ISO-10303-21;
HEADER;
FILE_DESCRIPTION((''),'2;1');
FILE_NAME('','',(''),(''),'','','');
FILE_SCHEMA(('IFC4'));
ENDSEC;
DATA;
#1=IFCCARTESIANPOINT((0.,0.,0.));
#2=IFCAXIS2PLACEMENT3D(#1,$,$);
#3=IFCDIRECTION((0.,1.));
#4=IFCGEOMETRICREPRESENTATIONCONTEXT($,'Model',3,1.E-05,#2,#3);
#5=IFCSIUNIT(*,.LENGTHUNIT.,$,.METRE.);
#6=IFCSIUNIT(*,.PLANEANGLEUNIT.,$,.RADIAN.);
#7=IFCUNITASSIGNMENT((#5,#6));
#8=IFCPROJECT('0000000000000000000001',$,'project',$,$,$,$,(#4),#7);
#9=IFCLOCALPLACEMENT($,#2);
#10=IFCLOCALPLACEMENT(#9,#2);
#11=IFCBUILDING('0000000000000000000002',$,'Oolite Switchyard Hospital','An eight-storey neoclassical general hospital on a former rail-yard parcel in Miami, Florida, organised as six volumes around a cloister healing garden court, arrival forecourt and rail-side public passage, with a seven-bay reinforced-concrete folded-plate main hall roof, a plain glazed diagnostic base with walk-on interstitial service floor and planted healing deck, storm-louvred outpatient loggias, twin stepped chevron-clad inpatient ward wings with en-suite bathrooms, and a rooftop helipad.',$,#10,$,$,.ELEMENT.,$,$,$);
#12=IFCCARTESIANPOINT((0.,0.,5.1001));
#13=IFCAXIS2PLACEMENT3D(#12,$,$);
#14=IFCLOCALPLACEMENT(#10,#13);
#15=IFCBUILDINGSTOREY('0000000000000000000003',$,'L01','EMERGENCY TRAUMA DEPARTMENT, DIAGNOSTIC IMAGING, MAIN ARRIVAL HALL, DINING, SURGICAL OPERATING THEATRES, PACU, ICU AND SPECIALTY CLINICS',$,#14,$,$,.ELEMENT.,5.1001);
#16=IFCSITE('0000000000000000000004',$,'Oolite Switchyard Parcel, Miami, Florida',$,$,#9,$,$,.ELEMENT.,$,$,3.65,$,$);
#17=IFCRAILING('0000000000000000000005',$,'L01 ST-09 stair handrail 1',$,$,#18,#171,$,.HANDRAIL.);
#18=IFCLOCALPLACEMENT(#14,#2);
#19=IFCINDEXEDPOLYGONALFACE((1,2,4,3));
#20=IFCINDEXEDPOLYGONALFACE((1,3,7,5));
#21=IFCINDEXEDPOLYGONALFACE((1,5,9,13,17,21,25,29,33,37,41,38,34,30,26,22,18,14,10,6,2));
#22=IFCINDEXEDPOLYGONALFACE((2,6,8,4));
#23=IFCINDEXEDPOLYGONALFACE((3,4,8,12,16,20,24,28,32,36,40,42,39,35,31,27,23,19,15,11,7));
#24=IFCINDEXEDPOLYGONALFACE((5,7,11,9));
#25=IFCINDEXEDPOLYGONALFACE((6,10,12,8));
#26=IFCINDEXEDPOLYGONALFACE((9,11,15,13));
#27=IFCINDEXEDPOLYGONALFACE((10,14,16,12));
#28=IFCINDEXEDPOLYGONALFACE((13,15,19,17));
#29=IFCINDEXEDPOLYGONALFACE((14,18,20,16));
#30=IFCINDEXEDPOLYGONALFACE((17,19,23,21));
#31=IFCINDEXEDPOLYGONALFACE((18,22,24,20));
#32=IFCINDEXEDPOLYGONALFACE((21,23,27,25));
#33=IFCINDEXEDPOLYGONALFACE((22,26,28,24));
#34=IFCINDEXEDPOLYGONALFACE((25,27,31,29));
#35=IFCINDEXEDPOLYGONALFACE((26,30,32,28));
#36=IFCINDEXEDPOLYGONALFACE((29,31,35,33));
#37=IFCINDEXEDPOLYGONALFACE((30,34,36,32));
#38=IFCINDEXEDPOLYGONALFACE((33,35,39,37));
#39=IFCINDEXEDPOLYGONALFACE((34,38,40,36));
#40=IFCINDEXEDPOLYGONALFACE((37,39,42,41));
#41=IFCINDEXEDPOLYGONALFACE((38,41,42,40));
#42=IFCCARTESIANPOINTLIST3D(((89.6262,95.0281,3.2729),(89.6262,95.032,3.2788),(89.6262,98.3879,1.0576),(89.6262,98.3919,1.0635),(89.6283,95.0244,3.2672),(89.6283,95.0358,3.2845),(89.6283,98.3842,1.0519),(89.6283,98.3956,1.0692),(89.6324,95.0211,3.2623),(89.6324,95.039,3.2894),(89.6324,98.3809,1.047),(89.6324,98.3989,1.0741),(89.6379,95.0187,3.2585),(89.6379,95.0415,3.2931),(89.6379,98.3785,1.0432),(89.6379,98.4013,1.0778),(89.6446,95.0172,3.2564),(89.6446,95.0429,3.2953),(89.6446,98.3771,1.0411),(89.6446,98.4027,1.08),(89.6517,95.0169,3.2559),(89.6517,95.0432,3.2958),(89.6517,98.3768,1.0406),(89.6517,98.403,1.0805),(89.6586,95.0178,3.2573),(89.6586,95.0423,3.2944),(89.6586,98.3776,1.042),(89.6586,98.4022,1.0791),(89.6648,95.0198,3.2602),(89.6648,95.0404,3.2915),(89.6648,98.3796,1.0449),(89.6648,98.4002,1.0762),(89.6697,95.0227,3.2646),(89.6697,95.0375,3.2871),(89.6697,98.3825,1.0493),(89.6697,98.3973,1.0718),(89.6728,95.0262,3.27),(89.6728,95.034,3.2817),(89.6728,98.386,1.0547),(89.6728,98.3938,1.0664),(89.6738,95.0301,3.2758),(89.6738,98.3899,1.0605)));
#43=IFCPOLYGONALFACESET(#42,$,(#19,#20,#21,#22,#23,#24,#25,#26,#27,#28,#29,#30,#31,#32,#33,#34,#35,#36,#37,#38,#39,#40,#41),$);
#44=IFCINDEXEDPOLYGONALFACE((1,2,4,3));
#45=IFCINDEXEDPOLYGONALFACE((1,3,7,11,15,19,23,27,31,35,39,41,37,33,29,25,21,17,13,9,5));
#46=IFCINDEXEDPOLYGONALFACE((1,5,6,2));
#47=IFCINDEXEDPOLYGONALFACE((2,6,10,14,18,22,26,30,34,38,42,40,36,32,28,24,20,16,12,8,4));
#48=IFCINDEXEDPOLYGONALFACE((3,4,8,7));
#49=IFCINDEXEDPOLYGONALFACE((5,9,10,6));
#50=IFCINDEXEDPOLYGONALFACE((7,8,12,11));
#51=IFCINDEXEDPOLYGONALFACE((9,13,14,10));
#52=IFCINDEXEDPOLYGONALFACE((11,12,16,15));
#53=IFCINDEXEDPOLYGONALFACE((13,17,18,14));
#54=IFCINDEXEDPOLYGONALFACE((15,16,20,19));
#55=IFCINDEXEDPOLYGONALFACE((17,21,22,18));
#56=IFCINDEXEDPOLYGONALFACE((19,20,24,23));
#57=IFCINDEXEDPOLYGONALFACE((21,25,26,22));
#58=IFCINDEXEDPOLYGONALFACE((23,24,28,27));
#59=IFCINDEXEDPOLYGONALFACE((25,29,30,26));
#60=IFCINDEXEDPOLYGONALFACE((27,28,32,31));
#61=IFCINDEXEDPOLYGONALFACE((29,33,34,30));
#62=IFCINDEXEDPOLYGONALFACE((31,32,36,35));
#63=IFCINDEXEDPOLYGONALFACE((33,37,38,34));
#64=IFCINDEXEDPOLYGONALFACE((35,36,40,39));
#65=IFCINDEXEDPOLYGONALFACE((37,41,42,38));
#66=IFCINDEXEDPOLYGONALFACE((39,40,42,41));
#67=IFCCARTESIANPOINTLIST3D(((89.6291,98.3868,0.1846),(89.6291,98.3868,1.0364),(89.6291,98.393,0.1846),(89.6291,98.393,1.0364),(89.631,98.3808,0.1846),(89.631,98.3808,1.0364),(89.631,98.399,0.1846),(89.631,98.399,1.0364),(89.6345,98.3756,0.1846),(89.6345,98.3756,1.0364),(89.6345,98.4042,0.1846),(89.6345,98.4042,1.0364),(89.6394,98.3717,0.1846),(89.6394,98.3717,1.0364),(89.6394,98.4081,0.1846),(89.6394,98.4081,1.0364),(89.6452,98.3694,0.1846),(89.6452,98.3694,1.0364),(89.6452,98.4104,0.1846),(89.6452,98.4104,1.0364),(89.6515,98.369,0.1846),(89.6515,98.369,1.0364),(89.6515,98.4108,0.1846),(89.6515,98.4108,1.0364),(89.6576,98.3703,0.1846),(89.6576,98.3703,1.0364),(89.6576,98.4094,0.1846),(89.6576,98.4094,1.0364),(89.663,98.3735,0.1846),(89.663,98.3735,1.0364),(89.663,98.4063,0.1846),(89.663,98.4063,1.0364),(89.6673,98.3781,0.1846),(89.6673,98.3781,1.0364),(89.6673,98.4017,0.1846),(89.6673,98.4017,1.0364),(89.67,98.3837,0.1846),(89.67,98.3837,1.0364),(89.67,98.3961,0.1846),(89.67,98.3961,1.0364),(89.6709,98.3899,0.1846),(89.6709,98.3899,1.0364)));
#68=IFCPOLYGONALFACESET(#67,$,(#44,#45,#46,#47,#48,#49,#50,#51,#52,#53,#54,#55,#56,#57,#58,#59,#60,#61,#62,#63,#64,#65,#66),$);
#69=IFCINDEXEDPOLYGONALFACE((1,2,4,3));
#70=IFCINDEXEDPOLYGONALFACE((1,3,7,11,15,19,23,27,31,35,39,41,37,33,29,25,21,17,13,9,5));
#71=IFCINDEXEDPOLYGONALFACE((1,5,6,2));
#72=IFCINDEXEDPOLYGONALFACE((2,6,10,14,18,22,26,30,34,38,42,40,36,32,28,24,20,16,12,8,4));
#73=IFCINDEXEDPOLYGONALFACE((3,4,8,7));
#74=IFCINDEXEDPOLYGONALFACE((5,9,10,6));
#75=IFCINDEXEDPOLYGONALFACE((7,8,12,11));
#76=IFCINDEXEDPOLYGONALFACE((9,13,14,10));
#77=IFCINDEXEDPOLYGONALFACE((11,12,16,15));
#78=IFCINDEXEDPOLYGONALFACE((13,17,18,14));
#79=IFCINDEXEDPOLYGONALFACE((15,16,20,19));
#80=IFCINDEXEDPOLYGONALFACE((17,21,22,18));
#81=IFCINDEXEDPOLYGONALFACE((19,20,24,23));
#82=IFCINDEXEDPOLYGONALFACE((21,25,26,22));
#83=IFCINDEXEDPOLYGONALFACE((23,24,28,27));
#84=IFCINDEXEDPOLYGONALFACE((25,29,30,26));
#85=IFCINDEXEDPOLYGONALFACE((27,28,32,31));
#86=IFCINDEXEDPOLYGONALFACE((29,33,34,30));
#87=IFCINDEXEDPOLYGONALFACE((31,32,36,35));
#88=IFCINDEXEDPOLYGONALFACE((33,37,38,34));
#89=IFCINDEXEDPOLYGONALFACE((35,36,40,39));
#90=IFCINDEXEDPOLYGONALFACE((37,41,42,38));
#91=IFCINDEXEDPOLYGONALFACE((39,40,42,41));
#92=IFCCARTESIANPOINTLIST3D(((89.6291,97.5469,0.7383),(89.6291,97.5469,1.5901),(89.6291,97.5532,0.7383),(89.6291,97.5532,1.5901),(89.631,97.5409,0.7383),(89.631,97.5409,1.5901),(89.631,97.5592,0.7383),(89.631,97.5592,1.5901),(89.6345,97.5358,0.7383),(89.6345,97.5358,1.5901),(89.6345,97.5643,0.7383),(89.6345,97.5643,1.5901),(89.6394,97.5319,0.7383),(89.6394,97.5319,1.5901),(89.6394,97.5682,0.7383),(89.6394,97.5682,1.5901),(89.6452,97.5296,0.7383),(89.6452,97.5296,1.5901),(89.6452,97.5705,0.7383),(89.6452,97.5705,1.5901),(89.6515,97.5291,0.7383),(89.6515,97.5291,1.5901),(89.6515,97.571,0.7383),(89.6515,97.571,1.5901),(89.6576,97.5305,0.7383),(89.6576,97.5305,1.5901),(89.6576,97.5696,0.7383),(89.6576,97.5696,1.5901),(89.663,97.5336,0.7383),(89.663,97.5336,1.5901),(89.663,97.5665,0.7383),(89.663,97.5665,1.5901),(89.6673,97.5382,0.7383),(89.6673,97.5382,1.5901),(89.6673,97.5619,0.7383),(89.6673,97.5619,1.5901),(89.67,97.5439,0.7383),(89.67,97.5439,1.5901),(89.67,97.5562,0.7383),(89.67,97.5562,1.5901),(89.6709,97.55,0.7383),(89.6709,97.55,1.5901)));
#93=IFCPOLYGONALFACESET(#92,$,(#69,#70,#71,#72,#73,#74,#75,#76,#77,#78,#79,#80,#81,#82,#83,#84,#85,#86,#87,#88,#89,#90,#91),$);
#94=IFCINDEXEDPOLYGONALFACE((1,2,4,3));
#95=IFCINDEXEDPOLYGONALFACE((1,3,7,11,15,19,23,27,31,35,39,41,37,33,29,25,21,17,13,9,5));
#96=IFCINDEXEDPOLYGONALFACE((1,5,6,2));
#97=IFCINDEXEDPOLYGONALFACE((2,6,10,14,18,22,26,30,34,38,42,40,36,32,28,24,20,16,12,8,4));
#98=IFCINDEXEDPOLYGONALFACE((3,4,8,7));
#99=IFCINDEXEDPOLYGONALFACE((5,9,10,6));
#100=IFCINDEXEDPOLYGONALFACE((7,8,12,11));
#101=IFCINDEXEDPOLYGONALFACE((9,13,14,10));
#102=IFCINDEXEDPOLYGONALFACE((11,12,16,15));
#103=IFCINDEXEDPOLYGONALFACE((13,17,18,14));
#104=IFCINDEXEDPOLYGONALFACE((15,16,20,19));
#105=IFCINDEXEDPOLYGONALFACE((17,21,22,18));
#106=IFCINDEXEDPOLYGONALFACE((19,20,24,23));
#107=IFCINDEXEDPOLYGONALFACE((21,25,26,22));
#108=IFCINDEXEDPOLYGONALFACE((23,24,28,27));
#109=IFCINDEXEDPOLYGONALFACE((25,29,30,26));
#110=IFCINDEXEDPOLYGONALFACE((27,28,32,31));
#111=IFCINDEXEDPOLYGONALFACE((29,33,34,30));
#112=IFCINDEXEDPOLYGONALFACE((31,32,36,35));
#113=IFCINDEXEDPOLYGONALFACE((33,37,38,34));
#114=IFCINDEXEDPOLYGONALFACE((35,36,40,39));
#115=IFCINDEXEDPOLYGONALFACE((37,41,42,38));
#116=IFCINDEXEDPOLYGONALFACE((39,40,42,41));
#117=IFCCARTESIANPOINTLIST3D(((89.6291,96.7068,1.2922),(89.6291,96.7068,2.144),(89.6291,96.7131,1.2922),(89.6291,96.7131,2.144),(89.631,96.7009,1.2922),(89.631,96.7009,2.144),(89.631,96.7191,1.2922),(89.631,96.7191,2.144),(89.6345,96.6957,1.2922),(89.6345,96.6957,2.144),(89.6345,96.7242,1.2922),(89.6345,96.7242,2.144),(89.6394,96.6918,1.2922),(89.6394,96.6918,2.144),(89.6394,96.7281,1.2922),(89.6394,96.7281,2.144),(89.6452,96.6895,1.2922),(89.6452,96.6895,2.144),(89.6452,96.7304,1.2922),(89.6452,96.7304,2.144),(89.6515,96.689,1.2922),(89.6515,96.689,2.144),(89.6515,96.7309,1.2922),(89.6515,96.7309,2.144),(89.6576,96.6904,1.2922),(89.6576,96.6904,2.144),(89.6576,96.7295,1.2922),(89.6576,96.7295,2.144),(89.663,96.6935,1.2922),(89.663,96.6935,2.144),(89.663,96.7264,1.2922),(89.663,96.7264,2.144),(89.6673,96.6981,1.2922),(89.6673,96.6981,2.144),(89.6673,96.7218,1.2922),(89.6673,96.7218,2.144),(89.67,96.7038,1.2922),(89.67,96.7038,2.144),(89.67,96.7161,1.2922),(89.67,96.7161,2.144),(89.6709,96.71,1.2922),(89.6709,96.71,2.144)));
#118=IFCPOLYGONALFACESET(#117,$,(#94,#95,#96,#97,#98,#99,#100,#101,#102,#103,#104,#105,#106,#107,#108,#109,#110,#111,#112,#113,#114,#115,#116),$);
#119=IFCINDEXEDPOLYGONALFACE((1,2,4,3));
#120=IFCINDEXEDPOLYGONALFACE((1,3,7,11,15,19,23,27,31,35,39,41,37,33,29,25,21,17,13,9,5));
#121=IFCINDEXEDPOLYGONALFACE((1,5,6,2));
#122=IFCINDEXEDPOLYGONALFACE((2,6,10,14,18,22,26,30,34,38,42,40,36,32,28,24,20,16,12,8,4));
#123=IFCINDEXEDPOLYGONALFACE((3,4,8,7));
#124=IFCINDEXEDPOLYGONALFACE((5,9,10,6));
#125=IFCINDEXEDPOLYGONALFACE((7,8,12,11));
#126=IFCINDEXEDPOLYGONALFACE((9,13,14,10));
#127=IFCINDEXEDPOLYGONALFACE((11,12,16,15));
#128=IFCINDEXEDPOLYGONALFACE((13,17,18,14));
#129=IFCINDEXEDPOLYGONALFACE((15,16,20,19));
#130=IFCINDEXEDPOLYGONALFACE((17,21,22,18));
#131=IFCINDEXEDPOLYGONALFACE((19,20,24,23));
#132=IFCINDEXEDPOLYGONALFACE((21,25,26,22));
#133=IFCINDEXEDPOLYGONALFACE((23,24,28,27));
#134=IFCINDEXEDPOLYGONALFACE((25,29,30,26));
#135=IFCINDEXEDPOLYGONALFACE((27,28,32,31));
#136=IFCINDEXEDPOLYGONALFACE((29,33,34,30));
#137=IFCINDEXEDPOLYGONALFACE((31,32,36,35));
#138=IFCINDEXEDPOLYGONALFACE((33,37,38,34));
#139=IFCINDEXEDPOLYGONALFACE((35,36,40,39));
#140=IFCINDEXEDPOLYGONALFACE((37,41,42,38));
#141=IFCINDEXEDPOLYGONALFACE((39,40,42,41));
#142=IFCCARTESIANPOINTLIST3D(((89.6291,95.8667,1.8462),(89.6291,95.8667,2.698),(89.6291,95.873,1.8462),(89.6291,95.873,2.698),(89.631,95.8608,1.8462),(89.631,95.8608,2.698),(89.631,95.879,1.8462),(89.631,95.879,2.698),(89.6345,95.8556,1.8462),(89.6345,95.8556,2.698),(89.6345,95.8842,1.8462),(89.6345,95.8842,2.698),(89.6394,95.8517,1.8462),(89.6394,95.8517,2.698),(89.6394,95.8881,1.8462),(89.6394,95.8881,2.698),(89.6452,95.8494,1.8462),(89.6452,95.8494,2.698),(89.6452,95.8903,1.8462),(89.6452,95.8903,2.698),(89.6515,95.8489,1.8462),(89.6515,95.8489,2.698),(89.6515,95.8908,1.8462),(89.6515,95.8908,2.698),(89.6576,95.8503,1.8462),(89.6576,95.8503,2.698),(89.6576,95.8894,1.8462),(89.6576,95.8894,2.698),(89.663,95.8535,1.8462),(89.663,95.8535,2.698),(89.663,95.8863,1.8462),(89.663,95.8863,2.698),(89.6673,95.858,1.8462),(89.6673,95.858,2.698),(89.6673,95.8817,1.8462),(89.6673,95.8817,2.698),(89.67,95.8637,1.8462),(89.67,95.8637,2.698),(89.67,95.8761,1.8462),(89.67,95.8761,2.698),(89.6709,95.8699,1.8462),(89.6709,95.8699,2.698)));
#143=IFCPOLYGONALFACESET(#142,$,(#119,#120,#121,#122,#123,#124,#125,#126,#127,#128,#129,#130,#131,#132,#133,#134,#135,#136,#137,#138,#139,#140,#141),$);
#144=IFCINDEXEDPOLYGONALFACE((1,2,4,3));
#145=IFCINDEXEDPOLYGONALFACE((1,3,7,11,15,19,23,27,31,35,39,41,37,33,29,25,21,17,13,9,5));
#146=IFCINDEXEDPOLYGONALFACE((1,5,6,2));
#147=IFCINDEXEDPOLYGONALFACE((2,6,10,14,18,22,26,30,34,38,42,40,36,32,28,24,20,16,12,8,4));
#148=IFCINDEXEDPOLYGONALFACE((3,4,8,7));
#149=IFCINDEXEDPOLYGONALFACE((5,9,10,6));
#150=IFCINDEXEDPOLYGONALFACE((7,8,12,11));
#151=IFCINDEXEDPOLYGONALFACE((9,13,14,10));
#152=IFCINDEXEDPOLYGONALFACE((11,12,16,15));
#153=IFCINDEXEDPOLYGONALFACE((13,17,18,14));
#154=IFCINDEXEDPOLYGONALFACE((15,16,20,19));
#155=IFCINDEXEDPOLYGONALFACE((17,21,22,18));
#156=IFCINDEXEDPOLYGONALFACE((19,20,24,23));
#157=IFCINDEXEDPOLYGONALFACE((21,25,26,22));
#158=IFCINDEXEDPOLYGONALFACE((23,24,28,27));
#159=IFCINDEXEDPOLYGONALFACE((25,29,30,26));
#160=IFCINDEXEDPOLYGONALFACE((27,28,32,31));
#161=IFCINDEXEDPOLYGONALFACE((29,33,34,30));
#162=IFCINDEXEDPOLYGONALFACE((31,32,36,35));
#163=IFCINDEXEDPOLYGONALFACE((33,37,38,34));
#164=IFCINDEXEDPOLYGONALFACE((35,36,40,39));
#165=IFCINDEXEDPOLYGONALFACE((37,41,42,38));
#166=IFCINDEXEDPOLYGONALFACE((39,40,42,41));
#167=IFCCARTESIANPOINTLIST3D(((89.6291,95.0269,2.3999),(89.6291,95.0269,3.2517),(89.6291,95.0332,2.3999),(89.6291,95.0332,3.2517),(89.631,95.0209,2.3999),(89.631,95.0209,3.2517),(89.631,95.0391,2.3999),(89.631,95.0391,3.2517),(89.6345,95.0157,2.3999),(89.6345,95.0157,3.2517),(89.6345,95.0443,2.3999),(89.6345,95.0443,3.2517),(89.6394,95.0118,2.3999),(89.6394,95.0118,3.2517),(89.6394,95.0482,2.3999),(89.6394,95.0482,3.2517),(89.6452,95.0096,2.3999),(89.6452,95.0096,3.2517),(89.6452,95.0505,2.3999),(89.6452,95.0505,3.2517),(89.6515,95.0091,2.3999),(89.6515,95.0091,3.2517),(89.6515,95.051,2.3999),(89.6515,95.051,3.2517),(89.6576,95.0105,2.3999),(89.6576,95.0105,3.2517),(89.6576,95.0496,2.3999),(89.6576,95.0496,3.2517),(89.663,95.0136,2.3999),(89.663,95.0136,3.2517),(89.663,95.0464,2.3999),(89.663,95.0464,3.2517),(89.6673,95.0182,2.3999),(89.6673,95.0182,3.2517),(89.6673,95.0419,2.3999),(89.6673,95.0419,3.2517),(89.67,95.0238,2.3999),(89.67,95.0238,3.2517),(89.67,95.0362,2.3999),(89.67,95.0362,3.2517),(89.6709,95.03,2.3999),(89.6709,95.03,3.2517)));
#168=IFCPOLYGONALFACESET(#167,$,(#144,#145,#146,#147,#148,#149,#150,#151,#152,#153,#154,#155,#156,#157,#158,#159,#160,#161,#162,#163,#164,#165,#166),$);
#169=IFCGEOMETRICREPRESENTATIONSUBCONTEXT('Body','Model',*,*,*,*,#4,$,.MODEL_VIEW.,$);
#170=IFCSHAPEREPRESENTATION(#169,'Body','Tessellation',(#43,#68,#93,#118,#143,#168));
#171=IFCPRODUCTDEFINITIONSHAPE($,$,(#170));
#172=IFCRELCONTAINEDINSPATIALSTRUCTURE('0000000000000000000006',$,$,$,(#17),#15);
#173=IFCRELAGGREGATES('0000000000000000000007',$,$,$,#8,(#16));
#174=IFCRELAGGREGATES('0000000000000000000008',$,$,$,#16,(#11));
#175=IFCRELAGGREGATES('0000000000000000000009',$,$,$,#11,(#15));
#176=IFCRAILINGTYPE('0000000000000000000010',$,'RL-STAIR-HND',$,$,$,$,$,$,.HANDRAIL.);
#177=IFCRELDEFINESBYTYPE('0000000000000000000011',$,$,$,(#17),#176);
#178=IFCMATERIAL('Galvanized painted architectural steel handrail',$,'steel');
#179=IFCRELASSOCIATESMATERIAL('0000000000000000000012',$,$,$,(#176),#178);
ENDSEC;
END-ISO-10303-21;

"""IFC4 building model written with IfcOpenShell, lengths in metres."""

from ifc_helpers import new_model, si_unit, direction, frame, origin, origin_2d, place, context, subcontext, project, spatial, circle, extrude, material, type_object, element, save


model = new_model("IFC4")

# Units and contexts
model_context = context("Model", 3, precision=1e-05, world=origin(), true_north=direction((0.0, 1.0)))
body_context = subcontext(model_context, "Body", "Model", "MODEL_VIEW")
ifc_project = project(units=[si_unit("LENGTHUNIT", "METRE"), si_unit("PLANEANGLEUNIT", "RADIAN")], contexts=[model_context])

# Site, building, storey
site_placement = place(None, origin())
site = spatial("IfcSite", under=ifc_project, at=site_placement, Name="Oolite Switchyard Parcel, Miami, Florida", CompositionType="ELEMENT", RefElevation=3.65)
building_placement = place(site_placement, origin())
building = spatial("IfcBuilding", under=site, at=building_placement, Name="Oolite Switchyard Hospital", Description="An eight-storey neoclassical general hospital on a former rail-yard parcel in Miami, Florida, organised as six volumes around a cloister healing garden court, arrival forecourt and rail-side public passage, with a seven-bay reinforced-concrete folded-plate main hall roof, a plain glazed diagnostic base with walk-on interstitial service floor and planted healing deck, storm-louvred outpatient loggias, twin stepped chevron-clad inpatient ward wings with en-suite bathrooms, and a rooftop helipad.", CompositionType="ELEMENT")
storey_placement = place(building_placement, frame((0.0, 0.0, 5.1001)))
storey = spatial("IfcBuildingStorey", under=building, at=storey_placement, Name="L01", Description="EMERGENCY TRAUMA DEPARTMENT, DIAGNOSTIC IMAGING, MAIN ARRIVAL HALL, DINING, SURGICAL OPERATING THEATRES, PACU, ICU AND SPECIALTY CLINICS", CompositionType="ELEMENT", Elevation=5.1001)

# Railing
ifc_material_1 = material(Name="Galvanized painted architectural steel handrail", Category="steel")
railing_type_1 = type_object("IfcRailingType", Name="RL-STAIR-HND", PredefinedType="HANDRAIL", material=ifc_material_1)
railing_1_placement = place(storey_placement, frame((89.6499, 98.3899, 0.1846)))
element("IfcRailing", 1, at=railing_1_placement, inside=storey, type_object=railing_type_1, Name="L01 ST-09 stair handrail 1", PredefinedType="HANDRAIL", context=body_context, shape_type="SweptSolid", body=[
    extrude(circle(Radius=0.0239, at=origin_2d()), frame((0.0, 0.0, 0.876), z_axis=(0.0, -0.834858, 0.550465), x_axis=(1.0, 0.0, 0.0)), (0.0, 0.0, 1.0), 4.0244),
    extrude(circle(Radius=0.021, at=origin_2d()), origin(), (0.0, 0.0, 1.0), 0.8518),
    extrude(circle(Radius=0.021, at=origin_2d()), frame((0.0, -0.8398, 0.5537)), (0.0, 0.0, 1.0), 0.8518),
    extrude(circle(Radius=0.021, at=origin_2d()), frame((0.0, -1.6799, 1.1077)), (0.0, 0.0, 1.0), 0.8518),
    extrude(circle(Radius=0.021, at=origin_2d()), frame((0.0, -2.52, 1.6616)), (0.0, 0.0, 1.0), 0.8518),
    extrude(circle(Radius=0.021, at=origin_2d()), frame((0.0, -3.3599, 2.2153)), (0.0, 0.0, 1.0), 0.8518),
])

save(model, "model.ifc")
